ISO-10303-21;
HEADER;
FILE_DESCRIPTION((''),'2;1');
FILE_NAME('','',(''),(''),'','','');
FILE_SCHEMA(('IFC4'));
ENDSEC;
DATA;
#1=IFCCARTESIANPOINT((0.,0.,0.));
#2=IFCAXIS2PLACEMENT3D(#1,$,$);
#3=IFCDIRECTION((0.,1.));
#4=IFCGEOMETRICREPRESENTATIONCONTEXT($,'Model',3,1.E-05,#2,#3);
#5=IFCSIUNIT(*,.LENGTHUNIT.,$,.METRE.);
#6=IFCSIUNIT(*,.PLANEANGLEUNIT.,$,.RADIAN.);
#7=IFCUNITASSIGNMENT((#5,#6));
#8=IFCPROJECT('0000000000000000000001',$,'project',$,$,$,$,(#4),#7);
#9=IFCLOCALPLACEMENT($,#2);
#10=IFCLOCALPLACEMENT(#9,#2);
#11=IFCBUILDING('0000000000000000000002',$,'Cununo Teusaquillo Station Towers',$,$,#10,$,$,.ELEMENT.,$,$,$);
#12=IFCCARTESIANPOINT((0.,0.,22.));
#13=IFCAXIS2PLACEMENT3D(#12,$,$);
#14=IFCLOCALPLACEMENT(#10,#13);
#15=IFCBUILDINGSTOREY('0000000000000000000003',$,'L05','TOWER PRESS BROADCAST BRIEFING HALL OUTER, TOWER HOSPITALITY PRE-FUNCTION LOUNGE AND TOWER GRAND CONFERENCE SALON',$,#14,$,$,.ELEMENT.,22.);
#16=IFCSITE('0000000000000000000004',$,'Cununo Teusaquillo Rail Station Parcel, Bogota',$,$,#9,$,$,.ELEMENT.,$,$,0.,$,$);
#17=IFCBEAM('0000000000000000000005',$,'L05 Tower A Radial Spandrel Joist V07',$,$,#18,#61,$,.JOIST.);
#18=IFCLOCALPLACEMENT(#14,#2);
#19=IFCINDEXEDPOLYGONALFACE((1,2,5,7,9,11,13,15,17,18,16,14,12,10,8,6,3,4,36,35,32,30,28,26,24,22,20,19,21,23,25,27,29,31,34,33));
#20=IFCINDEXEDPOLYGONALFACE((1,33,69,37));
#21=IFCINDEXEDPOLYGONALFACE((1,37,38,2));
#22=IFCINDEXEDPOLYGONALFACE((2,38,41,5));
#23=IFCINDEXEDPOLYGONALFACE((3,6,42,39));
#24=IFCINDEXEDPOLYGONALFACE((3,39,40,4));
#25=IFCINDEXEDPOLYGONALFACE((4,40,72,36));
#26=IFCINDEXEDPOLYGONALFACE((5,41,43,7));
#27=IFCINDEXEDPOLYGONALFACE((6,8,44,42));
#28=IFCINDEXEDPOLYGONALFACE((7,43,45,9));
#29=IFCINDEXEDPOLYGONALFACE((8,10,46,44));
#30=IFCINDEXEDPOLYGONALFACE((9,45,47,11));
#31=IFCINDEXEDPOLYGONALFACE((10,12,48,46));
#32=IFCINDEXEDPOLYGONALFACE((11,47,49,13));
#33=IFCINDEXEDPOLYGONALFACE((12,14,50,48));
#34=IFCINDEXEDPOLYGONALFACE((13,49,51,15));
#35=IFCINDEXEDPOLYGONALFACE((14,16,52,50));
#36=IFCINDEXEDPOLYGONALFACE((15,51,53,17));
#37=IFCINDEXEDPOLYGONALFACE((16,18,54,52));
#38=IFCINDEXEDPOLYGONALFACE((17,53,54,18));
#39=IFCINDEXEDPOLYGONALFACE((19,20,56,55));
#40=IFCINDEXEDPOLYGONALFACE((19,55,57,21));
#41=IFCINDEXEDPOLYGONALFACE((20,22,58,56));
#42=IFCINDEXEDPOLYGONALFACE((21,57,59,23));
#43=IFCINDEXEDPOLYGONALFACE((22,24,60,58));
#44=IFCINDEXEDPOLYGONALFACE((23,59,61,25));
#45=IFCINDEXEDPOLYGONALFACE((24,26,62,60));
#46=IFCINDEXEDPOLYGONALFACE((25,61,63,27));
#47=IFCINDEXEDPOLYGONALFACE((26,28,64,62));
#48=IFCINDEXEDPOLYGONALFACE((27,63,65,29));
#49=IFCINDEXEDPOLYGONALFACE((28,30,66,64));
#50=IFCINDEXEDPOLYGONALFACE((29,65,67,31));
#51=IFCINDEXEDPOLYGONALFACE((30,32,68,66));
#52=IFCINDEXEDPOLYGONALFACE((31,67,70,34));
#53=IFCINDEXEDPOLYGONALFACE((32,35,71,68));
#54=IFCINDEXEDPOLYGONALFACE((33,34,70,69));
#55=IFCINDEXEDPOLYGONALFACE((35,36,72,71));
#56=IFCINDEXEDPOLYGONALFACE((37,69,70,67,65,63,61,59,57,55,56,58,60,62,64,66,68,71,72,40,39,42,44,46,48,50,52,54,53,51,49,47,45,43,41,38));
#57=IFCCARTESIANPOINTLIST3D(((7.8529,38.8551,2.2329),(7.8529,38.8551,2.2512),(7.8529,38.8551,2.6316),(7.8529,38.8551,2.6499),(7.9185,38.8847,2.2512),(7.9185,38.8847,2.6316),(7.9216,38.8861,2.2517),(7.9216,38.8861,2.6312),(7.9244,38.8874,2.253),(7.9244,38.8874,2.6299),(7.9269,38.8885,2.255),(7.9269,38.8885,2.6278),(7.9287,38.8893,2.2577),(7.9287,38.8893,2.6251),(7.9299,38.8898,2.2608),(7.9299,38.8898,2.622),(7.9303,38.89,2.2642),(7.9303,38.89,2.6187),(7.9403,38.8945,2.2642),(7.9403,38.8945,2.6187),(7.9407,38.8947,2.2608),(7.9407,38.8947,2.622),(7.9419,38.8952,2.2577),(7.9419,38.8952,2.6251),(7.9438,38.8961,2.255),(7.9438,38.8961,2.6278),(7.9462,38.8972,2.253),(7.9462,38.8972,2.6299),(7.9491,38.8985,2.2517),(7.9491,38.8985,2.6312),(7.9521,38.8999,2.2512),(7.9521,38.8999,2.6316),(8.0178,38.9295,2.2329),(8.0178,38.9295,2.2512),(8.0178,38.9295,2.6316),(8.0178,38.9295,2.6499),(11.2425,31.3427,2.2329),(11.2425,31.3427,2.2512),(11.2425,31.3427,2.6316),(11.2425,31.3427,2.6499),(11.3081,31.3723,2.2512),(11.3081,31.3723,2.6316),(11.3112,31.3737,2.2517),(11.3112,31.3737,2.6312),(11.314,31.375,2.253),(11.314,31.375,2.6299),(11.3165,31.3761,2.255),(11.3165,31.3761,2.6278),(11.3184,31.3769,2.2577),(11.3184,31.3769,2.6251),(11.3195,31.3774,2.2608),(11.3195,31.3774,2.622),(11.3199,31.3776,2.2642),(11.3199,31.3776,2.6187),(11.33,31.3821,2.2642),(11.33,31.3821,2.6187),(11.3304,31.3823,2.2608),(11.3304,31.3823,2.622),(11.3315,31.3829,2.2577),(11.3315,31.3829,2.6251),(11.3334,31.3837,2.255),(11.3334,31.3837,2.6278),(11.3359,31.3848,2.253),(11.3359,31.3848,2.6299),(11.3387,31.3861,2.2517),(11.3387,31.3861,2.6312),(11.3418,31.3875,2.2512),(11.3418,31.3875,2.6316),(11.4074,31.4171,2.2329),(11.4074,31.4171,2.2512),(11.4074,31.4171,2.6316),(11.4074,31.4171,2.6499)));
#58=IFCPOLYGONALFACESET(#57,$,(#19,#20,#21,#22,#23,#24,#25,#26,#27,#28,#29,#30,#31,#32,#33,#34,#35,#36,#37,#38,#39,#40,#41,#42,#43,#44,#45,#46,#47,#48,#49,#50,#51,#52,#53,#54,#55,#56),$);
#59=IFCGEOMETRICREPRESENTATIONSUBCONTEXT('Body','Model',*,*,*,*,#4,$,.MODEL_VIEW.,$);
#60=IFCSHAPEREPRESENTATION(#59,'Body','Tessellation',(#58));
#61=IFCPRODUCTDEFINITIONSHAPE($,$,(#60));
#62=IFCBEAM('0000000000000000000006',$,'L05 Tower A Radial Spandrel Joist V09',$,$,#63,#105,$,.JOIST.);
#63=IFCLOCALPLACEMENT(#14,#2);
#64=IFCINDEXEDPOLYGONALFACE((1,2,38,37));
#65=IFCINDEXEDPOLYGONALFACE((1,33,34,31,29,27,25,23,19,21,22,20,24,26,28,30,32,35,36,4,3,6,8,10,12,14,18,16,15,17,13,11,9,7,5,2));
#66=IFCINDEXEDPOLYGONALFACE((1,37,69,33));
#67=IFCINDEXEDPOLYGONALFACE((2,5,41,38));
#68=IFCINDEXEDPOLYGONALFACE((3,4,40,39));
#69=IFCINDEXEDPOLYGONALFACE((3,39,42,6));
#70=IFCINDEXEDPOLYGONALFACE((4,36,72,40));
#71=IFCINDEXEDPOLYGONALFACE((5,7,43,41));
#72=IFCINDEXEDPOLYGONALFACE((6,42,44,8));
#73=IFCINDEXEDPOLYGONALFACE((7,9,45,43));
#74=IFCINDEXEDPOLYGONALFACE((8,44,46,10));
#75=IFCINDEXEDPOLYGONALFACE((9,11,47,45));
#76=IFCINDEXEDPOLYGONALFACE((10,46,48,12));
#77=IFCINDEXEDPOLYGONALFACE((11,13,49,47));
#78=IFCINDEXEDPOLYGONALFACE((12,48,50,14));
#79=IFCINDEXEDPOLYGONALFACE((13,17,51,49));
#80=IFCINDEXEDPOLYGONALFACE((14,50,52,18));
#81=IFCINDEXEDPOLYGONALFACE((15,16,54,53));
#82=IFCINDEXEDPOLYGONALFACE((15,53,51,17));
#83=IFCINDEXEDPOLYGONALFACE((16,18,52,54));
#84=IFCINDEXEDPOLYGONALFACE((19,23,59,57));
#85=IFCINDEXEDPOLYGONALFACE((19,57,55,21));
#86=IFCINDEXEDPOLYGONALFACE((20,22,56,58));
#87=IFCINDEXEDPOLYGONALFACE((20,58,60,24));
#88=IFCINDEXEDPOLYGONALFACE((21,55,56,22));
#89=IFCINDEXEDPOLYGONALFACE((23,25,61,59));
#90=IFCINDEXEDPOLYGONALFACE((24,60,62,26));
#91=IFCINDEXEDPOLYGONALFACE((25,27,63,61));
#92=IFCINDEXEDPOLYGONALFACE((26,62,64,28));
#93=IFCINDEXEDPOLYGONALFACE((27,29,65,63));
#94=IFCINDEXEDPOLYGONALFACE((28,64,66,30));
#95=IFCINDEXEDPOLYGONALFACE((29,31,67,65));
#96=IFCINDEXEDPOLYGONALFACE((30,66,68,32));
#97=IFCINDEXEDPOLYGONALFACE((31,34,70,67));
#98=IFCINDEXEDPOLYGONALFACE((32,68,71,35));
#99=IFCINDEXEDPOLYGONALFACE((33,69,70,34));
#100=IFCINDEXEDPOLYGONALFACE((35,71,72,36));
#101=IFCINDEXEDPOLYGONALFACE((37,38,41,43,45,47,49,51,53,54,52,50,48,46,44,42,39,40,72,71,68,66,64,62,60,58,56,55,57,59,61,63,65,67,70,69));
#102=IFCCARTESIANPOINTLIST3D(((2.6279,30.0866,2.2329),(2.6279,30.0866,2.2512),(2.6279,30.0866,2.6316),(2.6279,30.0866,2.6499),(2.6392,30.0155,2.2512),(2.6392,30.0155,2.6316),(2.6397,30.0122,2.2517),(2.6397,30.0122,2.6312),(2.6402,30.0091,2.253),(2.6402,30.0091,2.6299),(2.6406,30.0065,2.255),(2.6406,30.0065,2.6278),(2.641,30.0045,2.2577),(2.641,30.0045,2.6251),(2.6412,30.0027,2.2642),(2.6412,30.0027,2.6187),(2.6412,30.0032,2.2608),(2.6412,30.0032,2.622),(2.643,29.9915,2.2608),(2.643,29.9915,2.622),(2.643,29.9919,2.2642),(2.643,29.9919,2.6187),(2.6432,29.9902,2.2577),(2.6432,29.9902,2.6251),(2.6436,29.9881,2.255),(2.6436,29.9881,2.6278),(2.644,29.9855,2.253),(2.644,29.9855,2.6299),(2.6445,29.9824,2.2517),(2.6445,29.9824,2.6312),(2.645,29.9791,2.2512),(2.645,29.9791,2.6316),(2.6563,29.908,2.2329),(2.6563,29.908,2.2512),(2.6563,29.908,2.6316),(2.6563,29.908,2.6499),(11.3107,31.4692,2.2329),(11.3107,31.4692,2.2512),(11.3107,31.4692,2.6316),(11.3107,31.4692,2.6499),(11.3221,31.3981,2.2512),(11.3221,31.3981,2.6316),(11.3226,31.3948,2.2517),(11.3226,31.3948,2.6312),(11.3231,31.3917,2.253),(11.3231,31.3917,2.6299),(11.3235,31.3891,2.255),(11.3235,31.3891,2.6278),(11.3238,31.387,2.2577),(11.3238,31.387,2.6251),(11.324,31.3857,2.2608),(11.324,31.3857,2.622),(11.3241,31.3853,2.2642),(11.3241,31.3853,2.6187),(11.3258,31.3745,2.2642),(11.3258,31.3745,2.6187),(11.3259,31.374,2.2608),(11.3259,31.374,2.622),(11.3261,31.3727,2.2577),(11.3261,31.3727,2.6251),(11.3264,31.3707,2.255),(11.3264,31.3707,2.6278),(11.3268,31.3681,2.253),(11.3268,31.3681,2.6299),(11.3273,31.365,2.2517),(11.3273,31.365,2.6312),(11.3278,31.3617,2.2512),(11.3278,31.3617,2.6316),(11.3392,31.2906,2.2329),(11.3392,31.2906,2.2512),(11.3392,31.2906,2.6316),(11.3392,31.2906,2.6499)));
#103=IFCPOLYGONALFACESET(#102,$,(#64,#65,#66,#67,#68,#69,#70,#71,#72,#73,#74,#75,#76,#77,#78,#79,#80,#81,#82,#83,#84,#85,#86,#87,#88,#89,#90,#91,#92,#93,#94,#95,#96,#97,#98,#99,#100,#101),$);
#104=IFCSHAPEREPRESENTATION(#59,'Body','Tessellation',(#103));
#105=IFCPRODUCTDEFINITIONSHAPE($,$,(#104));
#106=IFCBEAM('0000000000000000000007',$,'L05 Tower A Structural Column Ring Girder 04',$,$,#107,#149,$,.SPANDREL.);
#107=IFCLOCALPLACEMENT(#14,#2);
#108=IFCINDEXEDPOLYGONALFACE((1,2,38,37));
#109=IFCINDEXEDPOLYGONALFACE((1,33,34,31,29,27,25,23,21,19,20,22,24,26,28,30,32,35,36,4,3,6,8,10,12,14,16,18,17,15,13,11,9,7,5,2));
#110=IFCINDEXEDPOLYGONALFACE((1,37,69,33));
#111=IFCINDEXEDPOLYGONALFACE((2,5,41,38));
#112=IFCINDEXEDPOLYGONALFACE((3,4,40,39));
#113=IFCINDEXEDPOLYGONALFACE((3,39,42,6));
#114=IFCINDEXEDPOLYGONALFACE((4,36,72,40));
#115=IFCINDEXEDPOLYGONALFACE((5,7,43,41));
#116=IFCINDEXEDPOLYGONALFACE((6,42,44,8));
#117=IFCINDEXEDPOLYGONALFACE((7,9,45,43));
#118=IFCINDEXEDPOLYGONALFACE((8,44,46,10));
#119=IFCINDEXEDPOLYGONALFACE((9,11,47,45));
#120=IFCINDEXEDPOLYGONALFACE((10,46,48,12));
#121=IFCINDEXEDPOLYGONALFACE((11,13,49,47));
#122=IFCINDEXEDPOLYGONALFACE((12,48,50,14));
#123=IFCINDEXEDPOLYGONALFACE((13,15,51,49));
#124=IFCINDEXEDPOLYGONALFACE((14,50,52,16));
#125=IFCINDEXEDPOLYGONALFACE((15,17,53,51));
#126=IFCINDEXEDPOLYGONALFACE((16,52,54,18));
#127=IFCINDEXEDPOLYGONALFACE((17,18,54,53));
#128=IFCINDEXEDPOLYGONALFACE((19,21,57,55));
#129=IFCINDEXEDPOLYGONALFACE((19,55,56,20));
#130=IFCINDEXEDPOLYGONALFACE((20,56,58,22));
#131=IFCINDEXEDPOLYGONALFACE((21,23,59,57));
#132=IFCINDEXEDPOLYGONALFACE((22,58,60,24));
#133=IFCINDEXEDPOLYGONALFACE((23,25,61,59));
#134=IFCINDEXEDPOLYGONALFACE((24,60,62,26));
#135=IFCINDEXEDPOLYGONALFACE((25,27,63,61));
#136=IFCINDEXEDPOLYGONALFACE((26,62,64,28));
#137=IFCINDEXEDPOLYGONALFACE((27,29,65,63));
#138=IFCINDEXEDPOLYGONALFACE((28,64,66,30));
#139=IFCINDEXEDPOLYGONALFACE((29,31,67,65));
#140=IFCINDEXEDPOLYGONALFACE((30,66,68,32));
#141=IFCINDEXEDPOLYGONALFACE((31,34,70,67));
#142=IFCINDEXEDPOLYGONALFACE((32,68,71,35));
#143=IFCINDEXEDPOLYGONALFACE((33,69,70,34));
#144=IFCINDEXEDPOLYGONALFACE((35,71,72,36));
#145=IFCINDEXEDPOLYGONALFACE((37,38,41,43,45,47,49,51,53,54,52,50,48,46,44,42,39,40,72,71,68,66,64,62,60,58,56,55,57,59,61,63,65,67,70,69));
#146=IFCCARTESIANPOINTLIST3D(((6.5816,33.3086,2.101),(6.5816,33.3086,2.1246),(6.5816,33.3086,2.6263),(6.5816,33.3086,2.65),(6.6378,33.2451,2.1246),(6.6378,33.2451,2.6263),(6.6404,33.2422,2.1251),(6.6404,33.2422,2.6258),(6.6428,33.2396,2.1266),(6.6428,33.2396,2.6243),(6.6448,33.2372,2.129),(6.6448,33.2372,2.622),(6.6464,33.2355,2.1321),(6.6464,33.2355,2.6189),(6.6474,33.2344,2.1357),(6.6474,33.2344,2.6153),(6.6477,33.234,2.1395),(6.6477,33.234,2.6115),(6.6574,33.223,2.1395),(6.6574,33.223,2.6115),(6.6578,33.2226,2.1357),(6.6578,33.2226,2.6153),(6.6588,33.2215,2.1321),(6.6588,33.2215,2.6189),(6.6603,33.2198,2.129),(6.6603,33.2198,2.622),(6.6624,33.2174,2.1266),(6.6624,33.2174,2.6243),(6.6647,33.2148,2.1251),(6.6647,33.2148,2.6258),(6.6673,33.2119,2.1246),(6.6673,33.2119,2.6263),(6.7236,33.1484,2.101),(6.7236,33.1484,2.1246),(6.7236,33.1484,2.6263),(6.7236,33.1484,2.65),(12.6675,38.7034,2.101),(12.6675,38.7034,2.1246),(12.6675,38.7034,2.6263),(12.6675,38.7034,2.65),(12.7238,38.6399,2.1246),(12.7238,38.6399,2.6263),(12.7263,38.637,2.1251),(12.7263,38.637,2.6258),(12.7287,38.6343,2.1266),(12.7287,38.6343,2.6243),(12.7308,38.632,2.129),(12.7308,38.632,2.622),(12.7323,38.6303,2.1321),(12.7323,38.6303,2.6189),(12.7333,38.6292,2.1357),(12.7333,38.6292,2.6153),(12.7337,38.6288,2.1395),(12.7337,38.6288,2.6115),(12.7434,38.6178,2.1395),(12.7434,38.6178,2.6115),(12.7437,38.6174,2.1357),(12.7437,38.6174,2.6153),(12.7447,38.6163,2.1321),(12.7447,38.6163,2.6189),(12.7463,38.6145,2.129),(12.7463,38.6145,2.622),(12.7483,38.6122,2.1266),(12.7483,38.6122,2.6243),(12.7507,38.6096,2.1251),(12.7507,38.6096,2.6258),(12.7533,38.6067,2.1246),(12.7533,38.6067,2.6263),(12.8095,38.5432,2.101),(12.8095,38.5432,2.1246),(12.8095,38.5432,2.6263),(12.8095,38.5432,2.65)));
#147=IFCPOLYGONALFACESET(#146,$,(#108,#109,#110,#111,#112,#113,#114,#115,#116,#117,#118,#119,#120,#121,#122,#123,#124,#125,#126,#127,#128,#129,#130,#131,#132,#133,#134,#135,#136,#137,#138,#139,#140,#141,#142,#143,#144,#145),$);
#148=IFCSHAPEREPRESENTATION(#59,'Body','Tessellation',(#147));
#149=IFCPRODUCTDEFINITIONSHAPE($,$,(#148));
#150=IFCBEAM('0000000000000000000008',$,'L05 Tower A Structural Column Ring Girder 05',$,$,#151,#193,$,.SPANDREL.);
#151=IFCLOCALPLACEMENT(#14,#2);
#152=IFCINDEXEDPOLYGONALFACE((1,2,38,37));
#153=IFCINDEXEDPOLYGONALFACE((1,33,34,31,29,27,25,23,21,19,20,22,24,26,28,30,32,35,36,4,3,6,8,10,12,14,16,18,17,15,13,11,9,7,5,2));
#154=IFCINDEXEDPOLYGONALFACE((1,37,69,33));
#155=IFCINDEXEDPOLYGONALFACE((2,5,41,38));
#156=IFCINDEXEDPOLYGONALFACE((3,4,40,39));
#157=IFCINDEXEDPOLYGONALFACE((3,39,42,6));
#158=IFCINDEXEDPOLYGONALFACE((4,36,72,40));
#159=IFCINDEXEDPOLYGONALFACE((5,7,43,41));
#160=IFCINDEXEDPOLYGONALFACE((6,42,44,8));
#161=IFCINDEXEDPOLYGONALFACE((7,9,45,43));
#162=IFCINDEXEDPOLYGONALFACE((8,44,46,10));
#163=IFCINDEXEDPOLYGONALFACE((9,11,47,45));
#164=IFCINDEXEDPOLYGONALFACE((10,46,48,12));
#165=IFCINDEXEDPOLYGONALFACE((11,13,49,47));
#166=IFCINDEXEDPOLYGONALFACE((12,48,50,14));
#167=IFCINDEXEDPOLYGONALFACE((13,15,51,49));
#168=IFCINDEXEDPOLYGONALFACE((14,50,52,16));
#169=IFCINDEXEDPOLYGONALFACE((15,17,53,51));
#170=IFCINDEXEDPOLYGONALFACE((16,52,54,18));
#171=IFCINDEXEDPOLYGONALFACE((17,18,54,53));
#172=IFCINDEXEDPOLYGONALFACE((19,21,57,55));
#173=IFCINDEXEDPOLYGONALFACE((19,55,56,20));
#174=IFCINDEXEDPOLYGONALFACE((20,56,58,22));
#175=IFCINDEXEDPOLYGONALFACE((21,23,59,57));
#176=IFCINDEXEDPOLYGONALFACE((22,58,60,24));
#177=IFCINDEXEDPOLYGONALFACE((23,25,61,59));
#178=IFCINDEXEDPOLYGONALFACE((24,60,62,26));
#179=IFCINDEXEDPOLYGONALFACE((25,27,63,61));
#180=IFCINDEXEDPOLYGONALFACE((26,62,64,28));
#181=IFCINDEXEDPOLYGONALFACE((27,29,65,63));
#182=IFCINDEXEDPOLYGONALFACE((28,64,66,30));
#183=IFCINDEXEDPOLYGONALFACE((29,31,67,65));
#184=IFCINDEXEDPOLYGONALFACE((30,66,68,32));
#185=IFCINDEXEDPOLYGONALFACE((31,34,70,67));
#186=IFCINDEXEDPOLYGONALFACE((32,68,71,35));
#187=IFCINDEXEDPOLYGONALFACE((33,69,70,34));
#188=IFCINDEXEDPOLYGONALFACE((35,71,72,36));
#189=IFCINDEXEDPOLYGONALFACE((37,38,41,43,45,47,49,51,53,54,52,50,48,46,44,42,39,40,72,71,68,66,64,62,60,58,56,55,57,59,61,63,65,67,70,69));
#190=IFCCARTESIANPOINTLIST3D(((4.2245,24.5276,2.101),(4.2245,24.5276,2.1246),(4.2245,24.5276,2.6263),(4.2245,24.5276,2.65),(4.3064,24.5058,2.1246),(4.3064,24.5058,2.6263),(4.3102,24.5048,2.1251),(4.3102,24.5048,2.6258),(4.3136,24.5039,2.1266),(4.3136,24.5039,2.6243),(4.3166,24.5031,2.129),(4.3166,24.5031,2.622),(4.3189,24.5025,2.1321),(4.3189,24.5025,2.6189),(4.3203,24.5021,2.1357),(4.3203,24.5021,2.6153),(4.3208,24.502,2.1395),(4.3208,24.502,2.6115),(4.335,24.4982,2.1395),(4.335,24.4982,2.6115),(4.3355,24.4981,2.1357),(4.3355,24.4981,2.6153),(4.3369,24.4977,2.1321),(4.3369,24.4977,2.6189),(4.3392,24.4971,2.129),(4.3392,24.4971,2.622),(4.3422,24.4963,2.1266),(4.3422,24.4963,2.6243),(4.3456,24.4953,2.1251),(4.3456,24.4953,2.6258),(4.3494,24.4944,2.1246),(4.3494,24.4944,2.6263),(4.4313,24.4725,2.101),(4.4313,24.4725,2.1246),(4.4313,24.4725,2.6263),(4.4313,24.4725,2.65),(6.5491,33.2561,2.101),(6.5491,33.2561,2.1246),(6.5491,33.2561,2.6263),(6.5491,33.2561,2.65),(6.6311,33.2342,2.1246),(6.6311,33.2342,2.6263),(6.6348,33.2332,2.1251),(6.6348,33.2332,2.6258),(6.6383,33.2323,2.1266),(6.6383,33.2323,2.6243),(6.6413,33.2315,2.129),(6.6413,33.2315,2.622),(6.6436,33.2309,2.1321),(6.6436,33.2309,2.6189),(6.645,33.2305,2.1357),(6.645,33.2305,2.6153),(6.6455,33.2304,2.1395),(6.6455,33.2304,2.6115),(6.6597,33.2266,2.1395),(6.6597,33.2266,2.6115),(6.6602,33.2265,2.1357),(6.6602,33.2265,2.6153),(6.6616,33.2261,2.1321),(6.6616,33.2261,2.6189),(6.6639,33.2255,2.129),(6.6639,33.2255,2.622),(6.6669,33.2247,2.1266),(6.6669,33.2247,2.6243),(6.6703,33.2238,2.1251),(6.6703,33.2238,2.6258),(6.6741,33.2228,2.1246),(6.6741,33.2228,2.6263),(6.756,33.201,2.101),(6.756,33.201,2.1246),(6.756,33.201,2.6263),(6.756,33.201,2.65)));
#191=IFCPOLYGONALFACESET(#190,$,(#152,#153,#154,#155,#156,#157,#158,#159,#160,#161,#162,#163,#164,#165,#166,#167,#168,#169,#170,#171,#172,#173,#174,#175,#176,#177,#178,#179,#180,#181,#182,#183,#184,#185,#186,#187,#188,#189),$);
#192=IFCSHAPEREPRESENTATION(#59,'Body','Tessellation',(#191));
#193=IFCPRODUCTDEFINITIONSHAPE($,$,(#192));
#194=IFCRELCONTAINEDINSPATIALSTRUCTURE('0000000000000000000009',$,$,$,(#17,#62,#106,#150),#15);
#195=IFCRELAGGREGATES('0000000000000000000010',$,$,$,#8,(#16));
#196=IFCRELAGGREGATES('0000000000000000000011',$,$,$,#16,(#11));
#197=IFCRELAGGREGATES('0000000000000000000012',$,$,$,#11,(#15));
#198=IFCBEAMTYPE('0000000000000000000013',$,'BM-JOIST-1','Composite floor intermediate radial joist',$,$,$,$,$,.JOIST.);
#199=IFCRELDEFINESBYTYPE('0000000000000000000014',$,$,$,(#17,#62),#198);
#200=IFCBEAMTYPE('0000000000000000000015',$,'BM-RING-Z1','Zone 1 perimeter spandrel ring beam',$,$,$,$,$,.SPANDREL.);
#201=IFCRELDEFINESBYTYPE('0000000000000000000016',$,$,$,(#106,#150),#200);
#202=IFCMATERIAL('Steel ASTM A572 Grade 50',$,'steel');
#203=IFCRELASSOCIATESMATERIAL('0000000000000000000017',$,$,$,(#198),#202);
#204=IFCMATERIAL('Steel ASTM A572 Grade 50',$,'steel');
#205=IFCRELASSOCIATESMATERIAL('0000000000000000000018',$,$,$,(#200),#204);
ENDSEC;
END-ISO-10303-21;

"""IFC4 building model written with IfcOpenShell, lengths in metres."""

from ifc_helpers import new_model, si_unit, direction, frame, origin, origin_2d, place, context, subcontext, project, spatial, i_section, extrude, material, material_profile, profile_set, type_object, element, save


model = new_model("IFC4")

# Units and contexts
model_context = context("Model", 3, precision=1e-05, world=origin(), true_north=direction((0.0, 1.0)))
body_context = subcontext(model_context, "Body", "Model", "MODEL_VIEW")
ifc_project = project(units=[si_unit("LENGTHUNIT", "METRE"), si_unit("PLANEANGLEUNIT", "RADIAN")], contexts=[model_context])

# Site, building, storey
site_placement = place(None, origin())
site = spatial("IfcSite", under=ifc_project, at=site_placement, Name="Cununo Teusaquillo Rail Station Parcel, Bogota", CompositionType="ELEMENT", RefElevation=0.0)
building_placement = place(site_placement, origin())
building = spatial("IfcBuilding", under=site, at=building_placement, Name="Cununo Teusaquillo Station Towers", CompositionType="ELEMENT")
storey_placement = place(building_placement, frame((0.0, 0.0, 22.0)))
storey = spatial("IfcBuildingStorey", under=building, at=storey_placement, Name="L05", Description="TOWER PRESS BROADCAST BRIEFING HALL OUTER, TOWER HOSPITALITY PRE-FUNCTION LOUNGE AND TOWER GRAND CONFERENCE SALON", CompositionType="ELEMENT", Elevation=22.0)

# Beams
ifc_material_1 = material(Name="Steel ASTM A572 Grade 50", Category="steel")
ifc_material_profile_1 = material_profile(ifc_material_1, i_section(OverallWidth=0.1809, OverallDepth=0.417, WebThickness=0.011, FlangeThickness=0.0183, FilletRadius=0.0129, at=origin_2d()), Name="W16X57")
ifc_profile_set_1 = profile_set([ifc_material_profile_1], Name="Steel ASTM A572 Grade 50")
beam_type_1 = type_object("IfcBeamType", Name="BM-JOIST-1", Description="Composite floor intermediate radial joist", PredefinedType="JOIST", material=ifc_profile_set_1)
beam_1_placement = place(storey_placement, frame((11.325, 31.3799, 2.4414), z_axis=(-0.411277, 0.91151, 0.0), x_axis=(-0.91151, -0.411277, 0.0)))
element("IfcBeam", 1, at=beam_1_placement, inside=storey, type_object=beam_type_1, Name="L05 Tower A Radial Spandrel Joist V07", PredefinedType="JOIST", context=body_context, shape_type="SweptSolid", body=[
    extrude(i_section(OverallWidth=0.1809, OverallDepth=0.417, WebThickness=0.011, FlangeThickness=0.0183, FilletRadius=0.0129, at=origin_2d()), origin(), (0.0, 0.0, 1.0), 8.2417),
])
beam_2_placement = place(storey_placement, frame((11.325, 31.3799, 2.4414), z_axis=(-0.987559, -0.157249, 0.0), x_axis=(0.157249, -0.987559, 0.0)))
element("IfcBeam", 2, at=beam_2_placement, inside=storey, type_object=beam_type_1, Name="L05 Tower A Radial Spandrel Joist V09", PredefinedType="JOIST", context=body_context, shape_type="SweptSolid", body=[
    extrude(i_section(OverallWidth=0.1809, OverallDepth=0.417, WebThickness=0.011, FlangeThickness=0.0183, FilletRadius=0.0129, at=origin_2d()), origin(), (0.0, 0.0, 1.0), 8.7922),
])
ifc_material_2 = material(Name="Steel ASTM A572 Grade 50", Category="steel")
ifc_material_profile_2 = material_profile(ifc_material_2, i_section(OverallWidth=0.2141, OverallDepth=0.5491, WebThickness=0.0146, FlangeThickness=0.0237, FilletRadius=0.0149, at=origin_2d()), Name="W21X93")
ifc_profile_set_2 = profile_set([ifc_material_profile_2], Name="Steel ASTM A572 Grade 50")
beam_type_2 = type_object("IfcBeamType", Name="BM-RING-Z1", Description="Zone 1 perimeter spandrel ring beam", PredefinedType="SPANDREL", material=ifc_profile_set_2)
beam_3_placement = place(storey_placement, frame((12.7385, 38.6233, 2.3755), z_axis=(-0.748321, -0.663337, 0.0), x_axis=(0.663337, -0.748321, 0.0)))
element("IfcBeam", 3, at=beam_3_placement, inside=storey, type_object=beam_type_2, Name="L05 Tower A Structural Column Ring Girder 04", PredefinedType="SPANDREL", context=body_context, shape_type="SweptSolid", body=[
    extrude(i_section(OverallWidth=0.2141, OverallDepth=0.5491, WebThickness=0.0146, FlangeThickness=0.0237, FilletRadius=0.0149, at=origin_2d()), origin(), (0.0, 0.0, 1.0), 8.1328),
])
beam_4_placement = place(storey_placement, frame((6.6526, 33.2285, 2.3755), z_axis=(-0.257363, -0.966315, 0.0), x_axis=(0.966315, -0.257363, 0.0)))
element("IfcBeam", 4, at=beam_4_placement, inside=storey, type_object=beam_type_2, Name="L05 Tower A Structural Column Ring Girder 05", PredefinedType="SPANDREL", context=body_context, shape_type="SweptSolid", body=[
    extrude(i_section(OverallWidth=0.2141, OverallDepth=0.5491, WebThickness=0.0146, FlangeThickness=0.0237, FilletRadius=0.0149, at=origin_2d()), origin(), (0.0, 0.0, 1.0), 9.0327),
])

save(model, "model.ifc")
